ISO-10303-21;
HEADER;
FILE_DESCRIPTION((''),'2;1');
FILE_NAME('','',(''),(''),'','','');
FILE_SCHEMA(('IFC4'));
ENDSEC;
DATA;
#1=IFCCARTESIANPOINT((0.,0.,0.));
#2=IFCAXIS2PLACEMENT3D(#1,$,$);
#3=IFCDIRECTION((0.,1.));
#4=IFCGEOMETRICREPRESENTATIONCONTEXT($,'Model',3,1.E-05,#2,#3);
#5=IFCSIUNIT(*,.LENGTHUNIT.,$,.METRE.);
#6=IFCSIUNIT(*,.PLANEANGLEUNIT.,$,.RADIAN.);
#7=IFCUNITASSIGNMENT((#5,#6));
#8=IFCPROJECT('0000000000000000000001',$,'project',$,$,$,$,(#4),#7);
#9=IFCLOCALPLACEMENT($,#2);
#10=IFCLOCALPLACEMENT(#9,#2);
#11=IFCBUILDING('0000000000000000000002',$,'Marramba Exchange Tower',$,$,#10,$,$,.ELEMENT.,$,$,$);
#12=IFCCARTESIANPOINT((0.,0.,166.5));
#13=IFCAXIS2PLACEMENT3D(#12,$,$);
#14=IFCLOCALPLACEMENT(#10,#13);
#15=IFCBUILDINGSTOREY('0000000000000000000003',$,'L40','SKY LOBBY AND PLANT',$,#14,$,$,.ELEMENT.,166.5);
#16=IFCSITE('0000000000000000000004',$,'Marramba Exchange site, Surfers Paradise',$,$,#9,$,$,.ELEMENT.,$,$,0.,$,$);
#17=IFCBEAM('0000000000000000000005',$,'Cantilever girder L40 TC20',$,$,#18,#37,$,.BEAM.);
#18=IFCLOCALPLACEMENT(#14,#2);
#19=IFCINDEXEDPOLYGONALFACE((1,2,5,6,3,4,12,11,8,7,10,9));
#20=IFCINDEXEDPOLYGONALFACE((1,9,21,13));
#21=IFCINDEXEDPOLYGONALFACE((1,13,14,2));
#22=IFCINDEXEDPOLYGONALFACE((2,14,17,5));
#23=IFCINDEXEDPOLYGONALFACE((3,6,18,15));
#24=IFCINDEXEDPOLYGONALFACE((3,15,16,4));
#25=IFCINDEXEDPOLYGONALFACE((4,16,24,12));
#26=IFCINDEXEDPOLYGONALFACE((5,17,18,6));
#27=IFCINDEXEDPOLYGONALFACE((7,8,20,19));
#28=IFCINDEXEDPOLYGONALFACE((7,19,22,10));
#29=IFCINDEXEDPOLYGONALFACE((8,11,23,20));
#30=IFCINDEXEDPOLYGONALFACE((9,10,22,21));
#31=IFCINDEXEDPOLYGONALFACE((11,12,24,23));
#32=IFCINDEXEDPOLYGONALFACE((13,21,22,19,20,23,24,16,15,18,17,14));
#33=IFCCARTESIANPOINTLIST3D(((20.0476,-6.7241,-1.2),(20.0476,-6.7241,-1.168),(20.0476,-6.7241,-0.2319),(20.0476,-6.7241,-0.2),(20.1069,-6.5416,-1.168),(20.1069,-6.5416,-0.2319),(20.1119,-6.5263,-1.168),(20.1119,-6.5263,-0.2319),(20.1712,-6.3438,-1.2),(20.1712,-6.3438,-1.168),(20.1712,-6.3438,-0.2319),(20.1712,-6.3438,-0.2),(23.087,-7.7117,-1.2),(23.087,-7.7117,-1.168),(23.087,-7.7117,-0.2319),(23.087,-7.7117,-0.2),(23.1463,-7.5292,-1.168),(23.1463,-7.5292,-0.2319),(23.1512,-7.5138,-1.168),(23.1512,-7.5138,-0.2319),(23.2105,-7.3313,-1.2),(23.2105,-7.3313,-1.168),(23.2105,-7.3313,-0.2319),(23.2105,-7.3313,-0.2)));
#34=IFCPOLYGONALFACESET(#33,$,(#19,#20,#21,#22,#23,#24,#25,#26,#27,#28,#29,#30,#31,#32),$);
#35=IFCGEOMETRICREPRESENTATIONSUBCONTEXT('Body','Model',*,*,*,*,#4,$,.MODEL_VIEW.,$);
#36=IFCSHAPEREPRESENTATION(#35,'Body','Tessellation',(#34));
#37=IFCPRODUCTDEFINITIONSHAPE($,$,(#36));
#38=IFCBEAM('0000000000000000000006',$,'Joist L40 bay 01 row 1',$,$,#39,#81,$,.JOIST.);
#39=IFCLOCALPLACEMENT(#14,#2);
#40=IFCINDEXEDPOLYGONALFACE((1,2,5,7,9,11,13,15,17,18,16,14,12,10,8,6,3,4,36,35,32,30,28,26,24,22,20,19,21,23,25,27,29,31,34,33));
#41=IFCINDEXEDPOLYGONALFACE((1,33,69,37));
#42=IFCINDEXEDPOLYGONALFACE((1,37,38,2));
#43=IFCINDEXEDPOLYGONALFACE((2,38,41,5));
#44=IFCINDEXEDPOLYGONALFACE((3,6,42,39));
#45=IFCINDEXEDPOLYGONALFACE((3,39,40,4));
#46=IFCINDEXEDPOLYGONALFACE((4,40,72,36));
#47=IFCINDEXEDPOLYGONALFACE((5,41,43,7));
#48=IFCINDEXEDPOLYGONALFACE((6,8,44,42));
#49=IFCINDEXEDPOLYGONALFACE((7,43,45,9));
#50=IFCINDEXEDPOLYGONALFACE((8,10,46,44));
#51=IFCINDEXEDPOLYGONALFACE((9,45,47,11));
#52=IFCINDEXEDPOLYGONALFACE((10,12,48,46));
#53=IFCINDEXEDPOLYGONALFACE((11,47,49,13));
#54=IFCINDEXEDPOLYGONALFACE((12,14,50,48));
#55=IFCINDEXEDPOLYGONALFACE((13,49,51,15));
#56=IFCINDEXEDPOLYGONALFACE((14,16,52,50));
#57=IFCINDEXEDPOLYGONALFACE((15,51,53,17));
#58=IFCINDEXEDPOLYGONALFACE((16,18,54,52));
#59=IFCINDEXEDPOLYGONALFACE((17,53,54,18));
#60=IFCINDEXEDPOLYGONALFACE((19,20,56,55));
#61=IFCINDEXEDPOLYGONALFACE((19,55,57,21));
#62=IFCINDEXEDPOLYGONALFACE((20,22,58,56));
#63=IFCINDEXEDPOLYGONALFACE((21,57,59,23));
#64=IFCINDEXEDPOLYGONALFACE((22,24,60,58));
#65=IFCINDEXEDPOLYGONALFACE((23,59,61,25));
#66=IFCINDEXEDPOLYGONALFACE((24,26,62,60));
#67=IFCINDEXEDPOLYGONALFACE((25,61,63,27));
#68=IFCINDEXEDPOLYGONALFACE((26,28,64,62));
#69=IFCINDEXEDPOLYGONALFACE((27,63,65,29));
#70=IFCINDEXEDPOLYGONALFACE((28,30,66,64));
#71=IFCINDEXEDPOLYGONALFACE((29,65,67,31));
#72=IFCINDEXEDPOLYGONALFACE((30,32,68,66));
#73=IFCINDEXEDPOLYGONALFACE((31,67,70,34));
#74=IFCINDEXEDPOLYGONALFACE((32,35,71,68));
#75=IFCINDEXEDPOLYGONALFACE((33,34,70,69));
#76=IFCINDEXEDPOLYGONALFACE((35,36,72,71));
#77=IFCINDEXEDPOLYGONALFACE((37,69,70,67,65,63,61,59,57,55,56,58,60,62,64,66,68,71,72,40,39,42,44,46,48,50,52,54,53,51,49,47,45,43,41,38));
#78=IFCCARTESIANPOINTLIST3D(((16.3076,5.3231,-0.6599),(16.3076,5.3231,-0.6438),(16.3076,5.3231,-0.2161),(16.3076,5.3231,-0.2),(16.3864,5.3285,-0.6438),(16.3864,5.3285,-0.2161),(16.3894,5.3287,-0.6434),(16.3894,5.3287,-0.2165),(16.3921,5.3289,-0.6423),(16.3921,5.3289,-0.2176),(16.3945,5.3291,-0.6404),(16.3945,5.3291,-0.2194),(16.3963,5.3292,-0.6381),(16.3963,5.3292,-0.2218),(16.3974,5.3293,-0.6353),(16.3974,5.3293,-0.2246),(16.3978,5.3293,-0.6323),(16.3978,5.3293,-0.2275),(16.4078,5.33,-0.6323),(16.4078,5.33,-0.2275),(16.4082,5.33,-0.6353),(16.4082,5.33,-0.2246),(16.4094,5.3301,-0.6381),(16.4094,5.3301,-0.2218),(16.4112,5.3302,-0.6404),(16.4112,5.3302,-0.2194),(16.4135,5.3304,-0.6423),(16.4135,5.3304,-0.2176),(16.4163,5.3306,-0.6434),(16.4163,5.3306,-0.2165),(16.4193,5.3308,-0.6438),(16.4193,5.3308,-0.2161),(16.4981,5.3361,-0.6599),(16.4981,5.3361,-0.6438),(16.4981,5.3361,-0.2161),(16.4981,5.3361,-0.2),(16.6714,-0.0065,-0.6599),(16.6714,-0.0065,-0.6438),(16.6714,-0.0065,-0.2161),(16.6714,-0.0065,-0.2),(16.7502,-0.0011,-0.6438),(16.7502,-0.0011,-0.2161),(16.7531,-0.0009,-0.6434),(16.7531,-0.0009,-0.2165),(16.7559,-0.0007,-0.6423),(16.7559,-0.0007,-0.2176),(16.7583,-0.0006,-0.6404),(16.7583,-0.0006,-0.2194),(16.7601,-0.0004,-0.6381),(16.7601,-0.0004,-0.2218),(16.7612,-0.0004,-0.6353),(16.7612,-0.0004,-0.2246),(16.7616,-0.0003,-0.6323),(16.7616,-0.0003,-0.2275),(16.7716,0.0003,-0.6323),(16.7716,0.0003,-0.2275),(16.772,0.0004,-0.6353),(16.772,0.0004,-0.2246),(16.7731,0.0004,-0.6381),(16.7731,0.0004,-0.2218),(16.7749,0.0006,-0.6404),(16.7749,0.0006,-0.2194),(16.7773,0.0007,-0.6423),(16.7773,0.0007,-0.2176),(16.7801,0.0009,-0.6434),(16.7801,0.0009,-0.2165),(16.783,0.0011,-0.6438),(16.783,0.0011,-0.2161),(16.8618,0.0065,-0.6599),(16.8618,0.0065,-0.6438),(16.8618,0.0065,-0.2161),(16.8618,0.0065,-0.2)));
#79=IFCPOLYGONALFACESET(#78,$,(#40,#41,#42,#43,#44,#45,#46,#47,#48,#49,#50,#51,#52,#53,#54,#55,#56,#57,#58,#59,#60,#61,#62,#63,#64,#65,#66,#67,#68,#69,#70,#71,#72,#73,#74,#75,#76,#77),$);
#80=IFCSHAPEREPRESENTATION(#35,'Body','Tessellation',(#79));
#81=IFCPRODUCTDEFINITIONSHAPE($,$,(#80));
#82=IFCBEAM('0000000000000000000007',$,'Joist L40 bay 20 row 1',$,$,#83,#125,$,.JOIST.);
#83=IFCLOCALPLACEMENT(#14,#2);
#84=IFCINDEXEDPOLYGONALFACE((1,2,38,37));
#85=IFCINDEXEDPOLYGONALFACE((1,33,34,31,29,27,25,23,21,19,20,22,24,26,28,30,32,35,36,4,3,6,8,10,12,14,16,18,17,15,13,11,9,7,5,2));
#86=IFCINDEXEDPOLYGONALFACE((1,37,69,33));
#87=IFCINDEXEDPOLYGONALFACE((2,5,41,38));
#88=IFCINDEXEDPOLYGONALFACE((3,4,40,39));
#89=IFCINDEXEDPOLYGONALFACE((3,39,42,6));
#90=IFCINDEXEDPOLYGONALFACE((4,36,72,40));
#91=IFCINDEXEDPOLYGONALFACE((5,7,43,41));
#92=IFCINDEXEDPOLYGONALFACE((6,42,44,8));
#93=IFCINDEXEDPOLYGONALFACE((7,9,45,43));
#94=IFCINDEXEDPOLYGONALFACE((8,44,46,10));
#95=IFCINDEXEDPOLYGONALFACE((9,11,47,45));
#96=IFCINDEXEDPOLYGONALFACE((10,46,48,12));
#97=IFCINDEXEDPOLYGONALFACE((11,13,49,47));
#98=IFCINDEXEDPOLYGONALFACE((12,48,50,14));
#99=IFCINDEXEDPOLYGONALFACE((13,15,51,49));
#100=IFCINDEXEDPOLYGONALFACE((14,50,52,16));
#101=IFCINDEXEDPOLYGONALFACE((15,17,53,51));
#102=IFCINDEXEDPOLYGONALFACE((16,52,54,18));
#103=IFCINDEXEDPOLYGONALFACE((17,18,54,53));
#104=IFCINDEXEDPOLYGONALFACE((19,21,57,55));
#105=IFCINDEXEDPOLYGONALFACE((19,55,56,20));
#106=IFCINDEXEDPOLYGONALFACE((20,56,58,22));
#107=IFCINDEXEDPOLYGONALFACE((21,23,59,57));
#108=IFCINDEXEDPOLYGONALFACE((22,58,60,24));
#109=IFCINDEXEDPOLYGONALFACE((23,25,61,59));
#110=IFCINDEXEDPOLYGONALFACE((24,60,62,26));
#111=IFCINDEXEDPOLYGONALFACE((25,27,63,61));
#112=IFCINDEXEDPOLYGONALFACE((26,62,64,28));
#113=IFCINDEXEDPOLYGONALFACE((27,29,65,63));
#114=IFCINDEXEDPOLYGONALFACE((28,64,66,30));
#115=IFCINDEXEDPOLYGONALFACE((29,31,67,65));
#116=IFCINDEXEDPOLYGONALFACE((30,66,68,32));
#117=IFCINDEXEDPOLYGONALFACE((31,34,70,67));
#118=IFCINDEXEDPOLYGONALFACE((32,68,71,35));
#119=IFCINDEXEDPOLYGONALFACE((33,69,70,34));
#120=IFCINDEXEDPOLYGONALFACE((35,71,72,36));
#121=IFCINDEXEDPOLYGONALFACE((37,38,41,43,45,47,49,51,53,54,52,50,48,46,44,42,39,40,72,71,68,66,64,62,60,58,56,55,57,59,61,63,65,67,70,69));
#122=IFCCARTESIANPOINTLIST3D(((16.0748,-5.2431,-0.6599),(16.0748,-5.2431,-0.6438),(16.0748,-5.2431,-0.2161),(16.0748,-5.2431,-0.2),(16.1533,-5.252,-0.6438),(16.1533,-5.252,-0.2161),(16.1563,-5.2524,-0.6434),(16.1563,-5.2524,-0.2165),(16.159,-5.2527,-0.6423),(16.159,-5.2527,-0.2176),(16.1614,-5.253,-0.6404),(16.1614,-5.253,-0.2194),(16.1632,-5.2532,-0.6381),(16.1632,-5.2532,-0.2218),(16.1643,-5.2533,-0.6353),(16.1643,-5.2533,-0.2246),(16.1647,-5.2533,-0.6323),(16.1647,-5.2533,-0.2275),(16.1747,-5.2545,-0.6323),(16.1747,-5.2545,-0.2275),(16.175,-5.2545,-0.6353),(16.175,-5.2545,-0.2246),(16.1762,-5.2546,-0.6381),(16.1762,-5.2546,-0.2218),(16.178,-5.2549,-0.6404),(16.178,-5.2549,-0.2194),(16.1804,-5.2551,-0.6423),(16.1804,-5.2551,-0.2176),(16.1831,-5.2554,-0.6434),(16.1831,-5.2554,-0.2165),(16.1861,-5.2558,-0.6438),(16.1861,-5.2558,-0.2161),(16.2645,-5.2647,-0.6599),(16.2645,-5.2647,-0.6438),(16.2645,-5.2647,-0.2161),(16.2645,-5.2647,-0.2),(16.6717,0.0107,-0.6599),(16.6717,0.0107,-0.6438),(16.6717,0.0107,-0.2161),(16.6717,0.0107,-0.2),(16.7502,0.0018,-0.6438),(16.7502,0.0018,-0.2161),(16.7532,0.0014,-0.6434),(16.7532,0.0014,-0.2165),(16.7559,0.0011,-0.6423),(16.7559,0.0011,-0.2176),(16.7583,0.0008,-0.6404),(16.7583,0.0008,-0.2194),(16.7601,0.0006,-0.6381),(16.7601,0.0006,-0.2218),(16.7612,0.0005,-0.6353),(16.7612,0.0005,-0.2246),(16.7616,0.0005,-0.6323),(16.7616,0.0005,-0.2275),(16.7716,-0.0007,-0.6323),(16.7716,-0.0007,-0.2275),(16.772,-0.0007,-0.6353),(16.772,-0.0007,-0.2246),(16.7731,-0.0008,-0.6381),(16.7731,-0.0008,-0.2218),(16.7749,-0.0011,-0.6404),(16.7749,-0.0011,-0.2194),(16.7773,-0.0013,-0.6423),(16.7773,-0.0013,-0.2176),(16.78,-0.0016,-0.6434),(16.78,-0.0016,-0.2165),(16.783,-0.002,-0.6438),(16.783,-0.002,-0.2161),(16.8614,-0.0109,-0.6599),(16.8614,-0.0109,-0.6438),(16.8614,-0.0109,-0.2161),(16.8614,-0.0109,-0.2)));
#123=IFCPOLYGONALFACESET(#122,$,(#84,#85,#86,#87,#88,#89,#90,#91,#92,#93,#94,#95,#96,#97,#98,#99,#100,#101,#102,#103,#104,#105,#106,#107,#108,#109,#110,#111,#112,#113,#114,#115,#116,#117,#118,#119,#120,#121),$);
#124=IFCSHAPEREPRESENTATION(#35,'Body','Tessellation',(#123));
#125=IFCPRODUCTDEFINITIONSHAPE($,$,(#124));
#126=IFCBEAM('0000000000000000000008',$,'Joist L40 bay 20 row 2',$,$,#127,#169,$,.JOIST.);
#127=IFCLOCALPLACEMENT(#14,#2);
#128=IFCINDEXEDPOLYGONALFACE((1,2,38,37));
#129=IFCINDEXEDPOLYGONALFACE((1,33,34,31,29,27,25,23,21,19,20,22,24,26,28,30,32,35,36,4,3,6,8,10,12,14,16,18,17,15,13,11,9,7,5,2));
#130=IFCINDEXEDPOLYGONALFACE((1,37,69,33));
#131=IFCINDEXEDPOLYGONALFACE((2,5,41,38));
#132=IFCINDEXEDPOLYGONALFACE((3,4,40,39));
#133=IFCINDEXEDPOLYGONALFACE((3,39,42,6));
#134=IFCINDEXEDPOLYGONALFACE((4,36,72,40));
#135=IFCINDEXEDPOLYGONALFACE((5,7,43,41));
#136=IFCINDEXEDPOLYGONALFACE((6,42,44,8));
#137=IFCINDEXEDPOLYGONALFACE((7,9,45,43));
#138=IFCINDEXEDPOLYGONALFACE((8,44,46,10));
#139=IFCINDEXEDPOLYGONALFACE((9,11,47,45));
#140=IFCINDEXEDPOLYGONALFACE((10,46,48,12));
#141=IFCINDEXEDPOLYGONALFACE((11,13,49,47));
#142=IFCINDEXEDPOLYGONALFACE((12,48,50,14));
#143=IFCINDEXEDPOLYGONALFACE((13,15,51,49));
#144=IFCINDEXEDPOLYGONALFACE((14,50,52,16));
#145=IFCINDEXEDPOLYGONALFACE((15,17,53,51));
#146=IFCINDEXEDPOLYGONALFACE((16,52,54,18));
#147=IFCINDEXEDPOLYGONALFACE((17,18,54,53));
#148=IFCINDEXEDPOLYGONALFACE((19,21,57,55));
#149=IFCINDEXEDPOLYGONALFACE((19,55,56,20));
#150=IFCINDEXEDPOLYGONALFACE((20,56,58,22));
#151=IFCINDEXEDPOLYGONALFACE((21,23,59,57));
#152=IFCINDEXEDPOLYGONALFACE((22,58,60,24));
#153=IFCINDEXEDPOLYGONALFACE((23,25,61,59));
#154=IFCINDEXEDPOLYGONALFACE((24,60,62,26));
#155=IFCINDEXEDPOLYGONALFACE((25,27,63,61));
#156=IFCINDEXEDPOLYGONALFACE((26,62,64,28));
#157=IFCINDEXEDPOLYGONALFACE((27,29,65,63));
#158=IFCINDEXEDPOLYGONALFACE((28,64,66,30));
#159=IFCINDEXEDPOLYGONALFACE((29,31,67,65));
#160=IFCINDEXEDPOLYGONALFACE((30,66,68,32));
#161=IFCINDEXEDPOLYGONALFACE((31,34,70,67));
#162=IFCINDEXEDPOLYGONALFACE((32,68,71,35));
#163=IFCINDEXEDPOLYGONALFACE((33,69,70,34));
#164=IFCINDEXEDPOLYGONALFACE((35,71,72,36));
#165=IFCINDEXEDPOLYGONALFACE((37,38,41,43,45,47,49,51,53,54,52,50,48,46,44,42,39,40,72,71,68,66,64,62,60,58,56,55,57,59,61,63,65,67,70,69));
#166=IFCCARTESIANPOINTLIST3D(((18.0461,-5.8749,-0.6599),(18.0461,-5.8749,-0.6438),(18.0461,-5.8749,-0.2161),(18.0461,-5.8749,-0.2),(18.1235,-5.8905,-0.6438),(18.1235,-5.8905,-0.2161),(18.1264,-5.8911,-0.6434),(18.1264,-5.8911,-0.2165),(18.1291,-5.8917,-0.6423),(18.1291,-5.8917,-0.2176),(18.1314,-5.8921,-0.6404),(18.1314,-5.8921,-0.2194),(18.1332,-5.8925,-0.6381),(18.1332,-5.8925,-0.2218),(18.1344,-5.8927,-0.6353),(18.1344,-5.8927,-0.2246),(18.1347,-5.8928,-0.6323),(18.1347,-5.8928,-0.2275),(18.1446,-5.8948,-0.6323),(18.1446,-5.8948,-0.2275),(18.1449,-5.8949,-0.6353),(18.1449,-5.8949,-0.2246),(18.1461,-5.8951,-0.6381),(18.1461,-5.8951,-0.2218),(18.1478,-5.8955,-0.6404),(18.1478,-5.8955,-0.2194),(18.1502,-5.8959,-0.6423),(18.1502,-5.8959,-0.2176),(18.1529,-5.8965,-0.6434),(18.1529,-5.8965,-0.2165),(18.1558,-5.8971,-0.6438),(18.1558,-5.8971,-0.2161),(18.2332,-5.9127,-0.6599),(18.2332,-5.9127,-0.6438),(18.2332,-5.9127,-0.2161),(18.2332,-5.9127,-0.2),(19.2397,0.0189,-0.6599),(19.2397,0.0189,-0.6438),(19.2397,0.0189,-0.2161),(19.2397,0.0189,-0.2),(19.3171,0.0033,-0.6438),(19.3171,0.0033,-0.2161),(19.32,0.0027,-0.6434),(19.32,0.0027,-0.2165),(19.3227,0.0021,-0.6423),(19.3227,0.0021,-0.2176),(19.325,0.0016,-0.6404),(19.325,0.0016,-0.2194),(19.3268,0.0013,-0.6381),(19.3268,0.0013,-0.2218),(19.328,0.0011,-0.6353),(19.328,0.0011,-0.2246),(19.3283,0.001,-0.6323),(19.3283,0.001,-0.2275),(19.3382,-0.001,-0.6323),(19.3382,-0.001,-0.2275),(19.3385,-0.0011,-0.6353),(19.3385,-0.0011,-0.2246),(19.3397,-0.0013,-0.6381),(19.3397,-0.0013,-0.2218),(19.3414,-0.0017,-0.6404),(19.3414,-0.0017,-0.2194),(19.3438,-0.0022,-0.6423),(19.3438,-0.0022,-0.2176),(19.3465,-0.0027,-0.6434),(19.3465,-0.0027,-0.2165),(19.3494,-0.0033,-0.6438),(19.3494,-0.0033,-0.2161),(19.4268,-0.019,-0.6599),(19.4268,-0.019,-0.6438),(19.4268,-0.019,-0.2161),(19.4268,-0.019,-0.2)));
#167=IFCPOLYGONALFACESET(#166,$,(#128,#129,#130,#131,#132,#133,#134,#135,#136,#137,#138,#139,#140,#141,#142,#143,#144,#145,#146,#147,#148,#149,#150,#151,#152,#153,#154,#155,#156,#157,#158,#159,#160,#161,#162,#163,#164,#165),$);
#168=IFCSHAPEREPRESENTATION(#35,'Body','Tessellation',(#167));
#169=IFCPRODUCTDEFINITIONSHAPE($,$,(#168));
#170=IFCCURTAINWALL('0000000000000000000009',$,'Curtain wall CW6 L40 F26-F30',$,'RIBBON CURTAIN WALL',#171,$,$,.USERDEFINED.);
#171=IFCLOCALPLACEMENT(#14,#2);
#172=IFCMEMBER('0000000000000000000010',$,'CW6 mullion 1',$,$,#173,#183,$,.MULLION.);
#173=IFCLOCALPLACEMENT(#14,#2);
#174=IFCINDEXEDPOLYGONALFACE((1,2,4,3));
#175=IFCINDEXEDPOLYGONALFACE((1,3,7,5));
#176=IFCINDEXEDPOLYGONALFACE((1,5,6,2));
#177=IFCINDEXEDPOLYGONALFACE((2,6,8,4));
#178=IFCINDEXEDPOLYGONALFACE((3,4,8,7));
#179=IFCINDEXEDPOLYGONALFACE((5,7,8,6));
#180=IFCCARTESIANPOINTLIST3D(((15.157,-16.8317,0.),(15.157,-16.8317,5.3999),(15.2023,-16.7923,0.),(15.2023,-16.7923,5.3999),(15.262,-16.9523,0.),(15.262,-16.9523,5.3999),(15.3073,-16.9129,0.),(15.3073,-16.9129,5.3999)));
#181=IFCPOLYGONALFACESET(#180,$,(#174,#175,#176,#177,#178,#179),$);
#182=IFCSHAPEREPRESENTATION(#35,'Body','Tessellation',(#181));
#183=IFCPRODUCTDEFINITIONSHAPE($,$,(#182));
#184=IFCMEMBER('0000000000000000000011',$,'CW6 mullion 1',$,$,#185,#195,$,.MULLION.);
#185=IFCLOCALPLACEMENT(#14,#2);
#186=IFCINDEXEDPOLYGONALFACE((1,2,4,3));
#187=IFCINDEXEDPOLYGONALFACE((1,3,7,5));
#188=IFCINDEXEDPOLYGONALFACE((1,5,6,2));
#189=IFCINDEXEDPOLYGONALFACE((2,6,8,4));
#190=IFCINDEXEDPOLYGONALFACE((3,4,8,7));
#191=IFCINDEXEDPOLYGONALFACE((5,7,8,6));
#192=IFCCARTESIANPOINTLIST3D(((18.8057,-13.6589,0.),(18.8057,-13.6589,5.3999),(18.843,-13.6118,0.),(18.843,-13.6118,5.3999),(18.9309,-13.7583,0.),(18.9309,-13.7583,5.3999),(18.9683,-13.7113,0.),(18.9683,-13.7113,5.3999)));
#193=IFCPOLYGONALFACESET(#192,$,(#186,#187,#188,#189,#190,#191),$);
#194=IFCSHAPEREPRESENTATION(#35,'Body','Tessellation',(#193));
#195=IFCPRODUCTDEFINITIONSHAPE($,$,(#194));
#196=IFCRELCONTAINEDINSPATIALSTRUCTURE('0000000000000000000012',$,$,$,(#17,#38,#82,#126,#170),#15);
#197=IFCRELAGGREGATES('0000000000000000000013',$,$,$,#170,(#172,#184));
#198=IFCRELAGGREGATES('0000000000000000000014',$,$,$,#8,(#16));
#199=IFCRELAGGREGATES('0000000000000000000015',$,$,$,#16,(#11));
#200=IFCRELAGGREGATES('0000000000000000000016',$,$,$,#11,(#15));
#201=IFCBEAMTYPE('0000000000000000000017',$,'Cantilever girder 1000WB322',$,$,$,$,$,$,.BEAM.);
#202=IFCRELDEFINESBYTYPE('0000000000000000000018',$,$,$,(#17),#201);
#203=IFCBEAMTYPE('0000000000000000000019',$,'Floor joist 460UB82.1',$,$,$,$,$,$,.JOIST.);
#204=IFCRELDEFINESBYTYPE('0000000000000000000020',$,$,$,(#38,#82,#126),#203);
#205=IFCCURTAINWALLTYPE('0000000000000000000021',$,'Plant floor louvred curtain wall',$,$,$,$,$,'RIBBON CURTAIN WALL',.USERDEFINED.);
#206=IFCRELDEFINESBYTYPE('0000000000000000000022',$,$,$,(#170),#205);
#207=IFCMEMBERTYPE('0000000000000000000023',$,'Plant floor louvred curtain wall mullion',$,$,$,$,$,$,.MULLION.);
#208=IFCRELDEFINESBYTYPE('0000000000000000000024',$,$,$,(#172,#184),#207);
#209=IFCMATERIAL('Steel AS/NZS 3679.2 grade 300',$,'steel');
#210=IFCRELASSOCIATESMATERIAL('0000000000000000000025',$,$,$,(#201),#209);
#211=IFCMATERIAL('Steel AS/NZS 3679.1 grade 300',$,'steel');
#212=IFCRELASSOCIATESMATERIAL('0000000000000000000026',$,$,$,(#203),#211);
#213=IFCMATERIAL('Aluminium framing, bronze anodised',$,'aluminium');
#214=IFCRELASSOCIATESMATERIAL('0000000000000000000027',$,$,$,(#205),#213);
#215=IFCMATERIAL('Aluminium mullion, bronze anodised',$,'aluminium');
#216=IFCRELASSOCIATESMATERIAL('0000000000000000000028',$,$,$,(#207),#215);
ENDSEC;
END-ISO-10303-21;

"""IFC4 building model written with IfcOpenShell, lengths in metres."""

from ifc_helpers import new_model, si_unit, direction, frame, origin, origin_2d, place, context, subcontext, project, spatial, rectangle, i_section, extrude, material, material_profile, profile_set, type_object, element, aggregate, save


model = new_model("IFC4")

# Units and contexts
model_context = context("Model", 3, precision=1e-05, world=origin(), true_north=direction((0.0, 1.0)))
body_context = subcontext(model_context, "Body", "Model", "MODEL_VIEW")
ifc_project = project(units=[si_unit("LENGTHUNIT", "METRE"), si_unit("PLANEANGLEUNIT", "RADIAN")], contexts=[model_context])

# Site, building, storey
site_placement = place(None, origin())
site = spatial("IfcSite", under=ifc_project, at=site_placement, Name="Marramba Exchange site, Surfers Paradise", CompositionType="ELEMENT", RefElevation=0.0)
building_placement = place(site_placement, origin())
building = spatial("IfcBuilding", under=site, at=building_placement, Name="Marramba Exchange Tower", CompositionType="ELEMENT")
storey_placement = place(building_placement, frame((0.0, 0.0, 166.5)))
storey = spatial("IfcBuildingStorey", under=building, at=storey_placement, Name="L40", Description="SKY LOBBY AND PLANT", CompositionType="ELEMENT", Elevation=166.5)

# Shared definitions
ifc_material_1 = material(Name="Steel AS/NZS 3679.2 grade 300", Category="steel")

# Beams
ifc_material_profile_1 = material_profile(ifc_material_1, i_section(OverallWidth=0.3999, OverallDepth=1.0, WebThickness=0.0161, FlangeThickness=0.032, at=origin_2d()), Name="1000WB322")
ifc_profile_set_1 = profile_set([ifc_material_profile_1], Name="Steel AS/NZS 3679.2 grade 300")
beam_type_1 = type_object("IfcBeamType", Name="Cantilever girder 1000WB322", PredefinedType="BEAM", material=ifc_profile_set_1)
beam_1_placement = place(storey_placement, frame((20.1094, -6.5339, -0.7), z_axis=(0.951055, -0.309022, 0.0), x_axis=(0.309022, 0.951055, 0.0)))
element("IfcBeam", 1, at=beam_1_placement, inside=storey, type_object=beam_type_1, Name="Cantilever girder L40 TC20", PredefinedType="BEAM", context=body_context, shape_type="SweptSolid", body=[
    extrude(i_section(OverallWidth=0.3999, OverallDepth=1.0, WebThickness=0.0161, FlangeThickness=0.032, at=origin_2d()), origin(), (0.0, 0.0, 1.0), 3.1958),
])
ifc_material_2 = material(Name="Steel AS/NZS 3679.1 grade 300", Category="steel")
ifc_material_profile_2 = material_profile(ifc_material_2, i_section(OverallWidth=0.1909, OverallDepth=0.46, WebThickness=0.01, FlangeThickness=0.0161, FilletRadius=0.0115, at=origin_2d()), Name="460UB82.1")
ifc_profile_set_2 = profile_set([ifc_material_profile_2], Name="Steel AS/NZS 3679.1 grade 300")
beam_type_2 = type_object("IfcBeamType", Name="Floor joist 460UB82.1", PredefinedType="JOIST", material=ifc_profile_set_2)
beam_2_placement = place(storey_placement, frame((16.7666, 0.0, -0.4299), z_axis=(-0.068096, 0.997679, 0.0), x_axis=(-0.997679, -0.068096, 0.0)))
element("IfcBeam", 2, at=beam_2_placement, inside=storey, type_object=beam_type_2, Name="Joist L40 bay 01 row 1", PredefinedType="JOIST", context=body_context, shape_type="SweptSolid", body=[
    extrude(i_section(OverallWidth=0.1909, OverallDepth=0.46, WebThickness=0.01, FlangeThickness=0.0161, FilletRadius=0.0115, at=origin_2d()), origin(), (0.0, 0.0, 1.0), 5.342),
])
beam_3_placement = place(storey_placement, frame((16.1697, -5.2539, -0.4299), z_axis=(0.112889, 0.993608, 0.0), x_axis=(-0.993608, 0.112889, 0.0)))
element("IfcBeam", 3, at=beam_3_placement, inside=storey, type_object=beam_type_2, Name="Joist L40 bay 20 row 1", PredefinedType="JOIST", context=body_context, shape_type="SweptSolid", body=[
    extrude(i_section(OverallWidth=0.1909, OverallDepth=0.46, WebThickness=0.01, FlangeThickness=0.0161, FilletRadius=0.0115, at=origin_2d()), origin(), (0.0, 0.0, 1.0), 5.2876),
])
beam_4_placement = place(storey_placement, frame((18.1396, -5.8938, -0.4299), z_axis=(0.198489, 0.980103, 0.0), x_axis=(-0.980103, 0.198489, 0.0)))
element("IfcBeam", 4, at=beam_4_placement, inside=storey, type_object=beam_type_2, Name="Joist L40 bay 20 row 2", PredefinedType="JOIST", context=body_context, shape_type="SweptSolid", body=[
    extrude(i_section(OverallWidth=0.1909, OverallDepth=0.46, WebThickness=0.01, FlangeThickness=0.0161, FilletRadius=0.0115, at=origin_2d()), origin(), (0.0, 0.0, 1.0), 6.0134),
])

# Curtain wall, members
ifc_material_3 = material(Name="Aluminium framing, bronze anodised", Category="aluminium")
curtain_wall_type = type_object("IfcCurtainWallType", Name="Plant floor louvred curtain wall", ElementType="RIBBON CURTAIN WALL", PredefinedType="USERDEFINED", material=ifc_material_3)
curtain_wall_placement = place(storey_placement, origin())
curtain_wall = element("IfcCurtainWall", 5, at=curtain_wall_placement, inside=storey, type_object=curtain_wall_type, Name="Curtain wall CW6 L40 F26-F30", ObjectType="RIBBON CURTAIN WALL", PredefinedType="USERDEFINED")
ifc_material_4 = material(Name="Aluminium mullion, bronze anodised", Category="aluminium")
ifc_material_profile_3 = material_profile(ifc_material_4, rectangle(XDim=0.1599, YDim=0.0601, at=origin_2d()), Name="CW6 mullion 60x160")
ifc_profile_set_3 = profile_set([ifc_material_profile_3], Name="Aluminium mullion, bronze anodised")
member_type_1 = type_object("IfcMemberType", Name="Plant floor louvred curtain wall mullion", PredefinedType="MULLION", material=ifc_profile_set_3)
member_1_placement = place(storey_placement, frame((15.2322, -16.8723, 0.0), z_axis=(0.0, 0.0, 1.0), x_axis=(-0.656432, 0.754386, 0.0)))
member_1 = element("IfcMember", 6, at=member_1_placement, type_object=member_type_1, Name="CW6 mullion 1", PredefinedType="MULLION", context=body_context, shape_type="SweptSolid", body=[
    extrude(rectangle(XDim=0.1599, YDim=0.0601, at=origin_2d()), origin(), (0.0, 0.0, 1.0), 5.3999),
])
member_2_placement = place(storey_placement, frame((18.887, -13.6851, 0.0), z_axis=(0.0, 0.0, 1.0), x_axis=(-0.78317, 0.621807, 0.0)))
member_2 = element("IfcMember", 7, at=member_2_placement, type_object=member_type_1, Name="CW6 mullion 1", PredefinedType="MULLION", context=body_context, shape_type="SweptSolid", body=[
    extrude(rectangle(XDim=0.1599, YDim=0.0601, at=origin_2d()), origin(), (0.0, 0.0, 1.0), 5.3999),
])

aggregate(curtain_wall, [member_1, member_2])

save(model, "model.ifc")
